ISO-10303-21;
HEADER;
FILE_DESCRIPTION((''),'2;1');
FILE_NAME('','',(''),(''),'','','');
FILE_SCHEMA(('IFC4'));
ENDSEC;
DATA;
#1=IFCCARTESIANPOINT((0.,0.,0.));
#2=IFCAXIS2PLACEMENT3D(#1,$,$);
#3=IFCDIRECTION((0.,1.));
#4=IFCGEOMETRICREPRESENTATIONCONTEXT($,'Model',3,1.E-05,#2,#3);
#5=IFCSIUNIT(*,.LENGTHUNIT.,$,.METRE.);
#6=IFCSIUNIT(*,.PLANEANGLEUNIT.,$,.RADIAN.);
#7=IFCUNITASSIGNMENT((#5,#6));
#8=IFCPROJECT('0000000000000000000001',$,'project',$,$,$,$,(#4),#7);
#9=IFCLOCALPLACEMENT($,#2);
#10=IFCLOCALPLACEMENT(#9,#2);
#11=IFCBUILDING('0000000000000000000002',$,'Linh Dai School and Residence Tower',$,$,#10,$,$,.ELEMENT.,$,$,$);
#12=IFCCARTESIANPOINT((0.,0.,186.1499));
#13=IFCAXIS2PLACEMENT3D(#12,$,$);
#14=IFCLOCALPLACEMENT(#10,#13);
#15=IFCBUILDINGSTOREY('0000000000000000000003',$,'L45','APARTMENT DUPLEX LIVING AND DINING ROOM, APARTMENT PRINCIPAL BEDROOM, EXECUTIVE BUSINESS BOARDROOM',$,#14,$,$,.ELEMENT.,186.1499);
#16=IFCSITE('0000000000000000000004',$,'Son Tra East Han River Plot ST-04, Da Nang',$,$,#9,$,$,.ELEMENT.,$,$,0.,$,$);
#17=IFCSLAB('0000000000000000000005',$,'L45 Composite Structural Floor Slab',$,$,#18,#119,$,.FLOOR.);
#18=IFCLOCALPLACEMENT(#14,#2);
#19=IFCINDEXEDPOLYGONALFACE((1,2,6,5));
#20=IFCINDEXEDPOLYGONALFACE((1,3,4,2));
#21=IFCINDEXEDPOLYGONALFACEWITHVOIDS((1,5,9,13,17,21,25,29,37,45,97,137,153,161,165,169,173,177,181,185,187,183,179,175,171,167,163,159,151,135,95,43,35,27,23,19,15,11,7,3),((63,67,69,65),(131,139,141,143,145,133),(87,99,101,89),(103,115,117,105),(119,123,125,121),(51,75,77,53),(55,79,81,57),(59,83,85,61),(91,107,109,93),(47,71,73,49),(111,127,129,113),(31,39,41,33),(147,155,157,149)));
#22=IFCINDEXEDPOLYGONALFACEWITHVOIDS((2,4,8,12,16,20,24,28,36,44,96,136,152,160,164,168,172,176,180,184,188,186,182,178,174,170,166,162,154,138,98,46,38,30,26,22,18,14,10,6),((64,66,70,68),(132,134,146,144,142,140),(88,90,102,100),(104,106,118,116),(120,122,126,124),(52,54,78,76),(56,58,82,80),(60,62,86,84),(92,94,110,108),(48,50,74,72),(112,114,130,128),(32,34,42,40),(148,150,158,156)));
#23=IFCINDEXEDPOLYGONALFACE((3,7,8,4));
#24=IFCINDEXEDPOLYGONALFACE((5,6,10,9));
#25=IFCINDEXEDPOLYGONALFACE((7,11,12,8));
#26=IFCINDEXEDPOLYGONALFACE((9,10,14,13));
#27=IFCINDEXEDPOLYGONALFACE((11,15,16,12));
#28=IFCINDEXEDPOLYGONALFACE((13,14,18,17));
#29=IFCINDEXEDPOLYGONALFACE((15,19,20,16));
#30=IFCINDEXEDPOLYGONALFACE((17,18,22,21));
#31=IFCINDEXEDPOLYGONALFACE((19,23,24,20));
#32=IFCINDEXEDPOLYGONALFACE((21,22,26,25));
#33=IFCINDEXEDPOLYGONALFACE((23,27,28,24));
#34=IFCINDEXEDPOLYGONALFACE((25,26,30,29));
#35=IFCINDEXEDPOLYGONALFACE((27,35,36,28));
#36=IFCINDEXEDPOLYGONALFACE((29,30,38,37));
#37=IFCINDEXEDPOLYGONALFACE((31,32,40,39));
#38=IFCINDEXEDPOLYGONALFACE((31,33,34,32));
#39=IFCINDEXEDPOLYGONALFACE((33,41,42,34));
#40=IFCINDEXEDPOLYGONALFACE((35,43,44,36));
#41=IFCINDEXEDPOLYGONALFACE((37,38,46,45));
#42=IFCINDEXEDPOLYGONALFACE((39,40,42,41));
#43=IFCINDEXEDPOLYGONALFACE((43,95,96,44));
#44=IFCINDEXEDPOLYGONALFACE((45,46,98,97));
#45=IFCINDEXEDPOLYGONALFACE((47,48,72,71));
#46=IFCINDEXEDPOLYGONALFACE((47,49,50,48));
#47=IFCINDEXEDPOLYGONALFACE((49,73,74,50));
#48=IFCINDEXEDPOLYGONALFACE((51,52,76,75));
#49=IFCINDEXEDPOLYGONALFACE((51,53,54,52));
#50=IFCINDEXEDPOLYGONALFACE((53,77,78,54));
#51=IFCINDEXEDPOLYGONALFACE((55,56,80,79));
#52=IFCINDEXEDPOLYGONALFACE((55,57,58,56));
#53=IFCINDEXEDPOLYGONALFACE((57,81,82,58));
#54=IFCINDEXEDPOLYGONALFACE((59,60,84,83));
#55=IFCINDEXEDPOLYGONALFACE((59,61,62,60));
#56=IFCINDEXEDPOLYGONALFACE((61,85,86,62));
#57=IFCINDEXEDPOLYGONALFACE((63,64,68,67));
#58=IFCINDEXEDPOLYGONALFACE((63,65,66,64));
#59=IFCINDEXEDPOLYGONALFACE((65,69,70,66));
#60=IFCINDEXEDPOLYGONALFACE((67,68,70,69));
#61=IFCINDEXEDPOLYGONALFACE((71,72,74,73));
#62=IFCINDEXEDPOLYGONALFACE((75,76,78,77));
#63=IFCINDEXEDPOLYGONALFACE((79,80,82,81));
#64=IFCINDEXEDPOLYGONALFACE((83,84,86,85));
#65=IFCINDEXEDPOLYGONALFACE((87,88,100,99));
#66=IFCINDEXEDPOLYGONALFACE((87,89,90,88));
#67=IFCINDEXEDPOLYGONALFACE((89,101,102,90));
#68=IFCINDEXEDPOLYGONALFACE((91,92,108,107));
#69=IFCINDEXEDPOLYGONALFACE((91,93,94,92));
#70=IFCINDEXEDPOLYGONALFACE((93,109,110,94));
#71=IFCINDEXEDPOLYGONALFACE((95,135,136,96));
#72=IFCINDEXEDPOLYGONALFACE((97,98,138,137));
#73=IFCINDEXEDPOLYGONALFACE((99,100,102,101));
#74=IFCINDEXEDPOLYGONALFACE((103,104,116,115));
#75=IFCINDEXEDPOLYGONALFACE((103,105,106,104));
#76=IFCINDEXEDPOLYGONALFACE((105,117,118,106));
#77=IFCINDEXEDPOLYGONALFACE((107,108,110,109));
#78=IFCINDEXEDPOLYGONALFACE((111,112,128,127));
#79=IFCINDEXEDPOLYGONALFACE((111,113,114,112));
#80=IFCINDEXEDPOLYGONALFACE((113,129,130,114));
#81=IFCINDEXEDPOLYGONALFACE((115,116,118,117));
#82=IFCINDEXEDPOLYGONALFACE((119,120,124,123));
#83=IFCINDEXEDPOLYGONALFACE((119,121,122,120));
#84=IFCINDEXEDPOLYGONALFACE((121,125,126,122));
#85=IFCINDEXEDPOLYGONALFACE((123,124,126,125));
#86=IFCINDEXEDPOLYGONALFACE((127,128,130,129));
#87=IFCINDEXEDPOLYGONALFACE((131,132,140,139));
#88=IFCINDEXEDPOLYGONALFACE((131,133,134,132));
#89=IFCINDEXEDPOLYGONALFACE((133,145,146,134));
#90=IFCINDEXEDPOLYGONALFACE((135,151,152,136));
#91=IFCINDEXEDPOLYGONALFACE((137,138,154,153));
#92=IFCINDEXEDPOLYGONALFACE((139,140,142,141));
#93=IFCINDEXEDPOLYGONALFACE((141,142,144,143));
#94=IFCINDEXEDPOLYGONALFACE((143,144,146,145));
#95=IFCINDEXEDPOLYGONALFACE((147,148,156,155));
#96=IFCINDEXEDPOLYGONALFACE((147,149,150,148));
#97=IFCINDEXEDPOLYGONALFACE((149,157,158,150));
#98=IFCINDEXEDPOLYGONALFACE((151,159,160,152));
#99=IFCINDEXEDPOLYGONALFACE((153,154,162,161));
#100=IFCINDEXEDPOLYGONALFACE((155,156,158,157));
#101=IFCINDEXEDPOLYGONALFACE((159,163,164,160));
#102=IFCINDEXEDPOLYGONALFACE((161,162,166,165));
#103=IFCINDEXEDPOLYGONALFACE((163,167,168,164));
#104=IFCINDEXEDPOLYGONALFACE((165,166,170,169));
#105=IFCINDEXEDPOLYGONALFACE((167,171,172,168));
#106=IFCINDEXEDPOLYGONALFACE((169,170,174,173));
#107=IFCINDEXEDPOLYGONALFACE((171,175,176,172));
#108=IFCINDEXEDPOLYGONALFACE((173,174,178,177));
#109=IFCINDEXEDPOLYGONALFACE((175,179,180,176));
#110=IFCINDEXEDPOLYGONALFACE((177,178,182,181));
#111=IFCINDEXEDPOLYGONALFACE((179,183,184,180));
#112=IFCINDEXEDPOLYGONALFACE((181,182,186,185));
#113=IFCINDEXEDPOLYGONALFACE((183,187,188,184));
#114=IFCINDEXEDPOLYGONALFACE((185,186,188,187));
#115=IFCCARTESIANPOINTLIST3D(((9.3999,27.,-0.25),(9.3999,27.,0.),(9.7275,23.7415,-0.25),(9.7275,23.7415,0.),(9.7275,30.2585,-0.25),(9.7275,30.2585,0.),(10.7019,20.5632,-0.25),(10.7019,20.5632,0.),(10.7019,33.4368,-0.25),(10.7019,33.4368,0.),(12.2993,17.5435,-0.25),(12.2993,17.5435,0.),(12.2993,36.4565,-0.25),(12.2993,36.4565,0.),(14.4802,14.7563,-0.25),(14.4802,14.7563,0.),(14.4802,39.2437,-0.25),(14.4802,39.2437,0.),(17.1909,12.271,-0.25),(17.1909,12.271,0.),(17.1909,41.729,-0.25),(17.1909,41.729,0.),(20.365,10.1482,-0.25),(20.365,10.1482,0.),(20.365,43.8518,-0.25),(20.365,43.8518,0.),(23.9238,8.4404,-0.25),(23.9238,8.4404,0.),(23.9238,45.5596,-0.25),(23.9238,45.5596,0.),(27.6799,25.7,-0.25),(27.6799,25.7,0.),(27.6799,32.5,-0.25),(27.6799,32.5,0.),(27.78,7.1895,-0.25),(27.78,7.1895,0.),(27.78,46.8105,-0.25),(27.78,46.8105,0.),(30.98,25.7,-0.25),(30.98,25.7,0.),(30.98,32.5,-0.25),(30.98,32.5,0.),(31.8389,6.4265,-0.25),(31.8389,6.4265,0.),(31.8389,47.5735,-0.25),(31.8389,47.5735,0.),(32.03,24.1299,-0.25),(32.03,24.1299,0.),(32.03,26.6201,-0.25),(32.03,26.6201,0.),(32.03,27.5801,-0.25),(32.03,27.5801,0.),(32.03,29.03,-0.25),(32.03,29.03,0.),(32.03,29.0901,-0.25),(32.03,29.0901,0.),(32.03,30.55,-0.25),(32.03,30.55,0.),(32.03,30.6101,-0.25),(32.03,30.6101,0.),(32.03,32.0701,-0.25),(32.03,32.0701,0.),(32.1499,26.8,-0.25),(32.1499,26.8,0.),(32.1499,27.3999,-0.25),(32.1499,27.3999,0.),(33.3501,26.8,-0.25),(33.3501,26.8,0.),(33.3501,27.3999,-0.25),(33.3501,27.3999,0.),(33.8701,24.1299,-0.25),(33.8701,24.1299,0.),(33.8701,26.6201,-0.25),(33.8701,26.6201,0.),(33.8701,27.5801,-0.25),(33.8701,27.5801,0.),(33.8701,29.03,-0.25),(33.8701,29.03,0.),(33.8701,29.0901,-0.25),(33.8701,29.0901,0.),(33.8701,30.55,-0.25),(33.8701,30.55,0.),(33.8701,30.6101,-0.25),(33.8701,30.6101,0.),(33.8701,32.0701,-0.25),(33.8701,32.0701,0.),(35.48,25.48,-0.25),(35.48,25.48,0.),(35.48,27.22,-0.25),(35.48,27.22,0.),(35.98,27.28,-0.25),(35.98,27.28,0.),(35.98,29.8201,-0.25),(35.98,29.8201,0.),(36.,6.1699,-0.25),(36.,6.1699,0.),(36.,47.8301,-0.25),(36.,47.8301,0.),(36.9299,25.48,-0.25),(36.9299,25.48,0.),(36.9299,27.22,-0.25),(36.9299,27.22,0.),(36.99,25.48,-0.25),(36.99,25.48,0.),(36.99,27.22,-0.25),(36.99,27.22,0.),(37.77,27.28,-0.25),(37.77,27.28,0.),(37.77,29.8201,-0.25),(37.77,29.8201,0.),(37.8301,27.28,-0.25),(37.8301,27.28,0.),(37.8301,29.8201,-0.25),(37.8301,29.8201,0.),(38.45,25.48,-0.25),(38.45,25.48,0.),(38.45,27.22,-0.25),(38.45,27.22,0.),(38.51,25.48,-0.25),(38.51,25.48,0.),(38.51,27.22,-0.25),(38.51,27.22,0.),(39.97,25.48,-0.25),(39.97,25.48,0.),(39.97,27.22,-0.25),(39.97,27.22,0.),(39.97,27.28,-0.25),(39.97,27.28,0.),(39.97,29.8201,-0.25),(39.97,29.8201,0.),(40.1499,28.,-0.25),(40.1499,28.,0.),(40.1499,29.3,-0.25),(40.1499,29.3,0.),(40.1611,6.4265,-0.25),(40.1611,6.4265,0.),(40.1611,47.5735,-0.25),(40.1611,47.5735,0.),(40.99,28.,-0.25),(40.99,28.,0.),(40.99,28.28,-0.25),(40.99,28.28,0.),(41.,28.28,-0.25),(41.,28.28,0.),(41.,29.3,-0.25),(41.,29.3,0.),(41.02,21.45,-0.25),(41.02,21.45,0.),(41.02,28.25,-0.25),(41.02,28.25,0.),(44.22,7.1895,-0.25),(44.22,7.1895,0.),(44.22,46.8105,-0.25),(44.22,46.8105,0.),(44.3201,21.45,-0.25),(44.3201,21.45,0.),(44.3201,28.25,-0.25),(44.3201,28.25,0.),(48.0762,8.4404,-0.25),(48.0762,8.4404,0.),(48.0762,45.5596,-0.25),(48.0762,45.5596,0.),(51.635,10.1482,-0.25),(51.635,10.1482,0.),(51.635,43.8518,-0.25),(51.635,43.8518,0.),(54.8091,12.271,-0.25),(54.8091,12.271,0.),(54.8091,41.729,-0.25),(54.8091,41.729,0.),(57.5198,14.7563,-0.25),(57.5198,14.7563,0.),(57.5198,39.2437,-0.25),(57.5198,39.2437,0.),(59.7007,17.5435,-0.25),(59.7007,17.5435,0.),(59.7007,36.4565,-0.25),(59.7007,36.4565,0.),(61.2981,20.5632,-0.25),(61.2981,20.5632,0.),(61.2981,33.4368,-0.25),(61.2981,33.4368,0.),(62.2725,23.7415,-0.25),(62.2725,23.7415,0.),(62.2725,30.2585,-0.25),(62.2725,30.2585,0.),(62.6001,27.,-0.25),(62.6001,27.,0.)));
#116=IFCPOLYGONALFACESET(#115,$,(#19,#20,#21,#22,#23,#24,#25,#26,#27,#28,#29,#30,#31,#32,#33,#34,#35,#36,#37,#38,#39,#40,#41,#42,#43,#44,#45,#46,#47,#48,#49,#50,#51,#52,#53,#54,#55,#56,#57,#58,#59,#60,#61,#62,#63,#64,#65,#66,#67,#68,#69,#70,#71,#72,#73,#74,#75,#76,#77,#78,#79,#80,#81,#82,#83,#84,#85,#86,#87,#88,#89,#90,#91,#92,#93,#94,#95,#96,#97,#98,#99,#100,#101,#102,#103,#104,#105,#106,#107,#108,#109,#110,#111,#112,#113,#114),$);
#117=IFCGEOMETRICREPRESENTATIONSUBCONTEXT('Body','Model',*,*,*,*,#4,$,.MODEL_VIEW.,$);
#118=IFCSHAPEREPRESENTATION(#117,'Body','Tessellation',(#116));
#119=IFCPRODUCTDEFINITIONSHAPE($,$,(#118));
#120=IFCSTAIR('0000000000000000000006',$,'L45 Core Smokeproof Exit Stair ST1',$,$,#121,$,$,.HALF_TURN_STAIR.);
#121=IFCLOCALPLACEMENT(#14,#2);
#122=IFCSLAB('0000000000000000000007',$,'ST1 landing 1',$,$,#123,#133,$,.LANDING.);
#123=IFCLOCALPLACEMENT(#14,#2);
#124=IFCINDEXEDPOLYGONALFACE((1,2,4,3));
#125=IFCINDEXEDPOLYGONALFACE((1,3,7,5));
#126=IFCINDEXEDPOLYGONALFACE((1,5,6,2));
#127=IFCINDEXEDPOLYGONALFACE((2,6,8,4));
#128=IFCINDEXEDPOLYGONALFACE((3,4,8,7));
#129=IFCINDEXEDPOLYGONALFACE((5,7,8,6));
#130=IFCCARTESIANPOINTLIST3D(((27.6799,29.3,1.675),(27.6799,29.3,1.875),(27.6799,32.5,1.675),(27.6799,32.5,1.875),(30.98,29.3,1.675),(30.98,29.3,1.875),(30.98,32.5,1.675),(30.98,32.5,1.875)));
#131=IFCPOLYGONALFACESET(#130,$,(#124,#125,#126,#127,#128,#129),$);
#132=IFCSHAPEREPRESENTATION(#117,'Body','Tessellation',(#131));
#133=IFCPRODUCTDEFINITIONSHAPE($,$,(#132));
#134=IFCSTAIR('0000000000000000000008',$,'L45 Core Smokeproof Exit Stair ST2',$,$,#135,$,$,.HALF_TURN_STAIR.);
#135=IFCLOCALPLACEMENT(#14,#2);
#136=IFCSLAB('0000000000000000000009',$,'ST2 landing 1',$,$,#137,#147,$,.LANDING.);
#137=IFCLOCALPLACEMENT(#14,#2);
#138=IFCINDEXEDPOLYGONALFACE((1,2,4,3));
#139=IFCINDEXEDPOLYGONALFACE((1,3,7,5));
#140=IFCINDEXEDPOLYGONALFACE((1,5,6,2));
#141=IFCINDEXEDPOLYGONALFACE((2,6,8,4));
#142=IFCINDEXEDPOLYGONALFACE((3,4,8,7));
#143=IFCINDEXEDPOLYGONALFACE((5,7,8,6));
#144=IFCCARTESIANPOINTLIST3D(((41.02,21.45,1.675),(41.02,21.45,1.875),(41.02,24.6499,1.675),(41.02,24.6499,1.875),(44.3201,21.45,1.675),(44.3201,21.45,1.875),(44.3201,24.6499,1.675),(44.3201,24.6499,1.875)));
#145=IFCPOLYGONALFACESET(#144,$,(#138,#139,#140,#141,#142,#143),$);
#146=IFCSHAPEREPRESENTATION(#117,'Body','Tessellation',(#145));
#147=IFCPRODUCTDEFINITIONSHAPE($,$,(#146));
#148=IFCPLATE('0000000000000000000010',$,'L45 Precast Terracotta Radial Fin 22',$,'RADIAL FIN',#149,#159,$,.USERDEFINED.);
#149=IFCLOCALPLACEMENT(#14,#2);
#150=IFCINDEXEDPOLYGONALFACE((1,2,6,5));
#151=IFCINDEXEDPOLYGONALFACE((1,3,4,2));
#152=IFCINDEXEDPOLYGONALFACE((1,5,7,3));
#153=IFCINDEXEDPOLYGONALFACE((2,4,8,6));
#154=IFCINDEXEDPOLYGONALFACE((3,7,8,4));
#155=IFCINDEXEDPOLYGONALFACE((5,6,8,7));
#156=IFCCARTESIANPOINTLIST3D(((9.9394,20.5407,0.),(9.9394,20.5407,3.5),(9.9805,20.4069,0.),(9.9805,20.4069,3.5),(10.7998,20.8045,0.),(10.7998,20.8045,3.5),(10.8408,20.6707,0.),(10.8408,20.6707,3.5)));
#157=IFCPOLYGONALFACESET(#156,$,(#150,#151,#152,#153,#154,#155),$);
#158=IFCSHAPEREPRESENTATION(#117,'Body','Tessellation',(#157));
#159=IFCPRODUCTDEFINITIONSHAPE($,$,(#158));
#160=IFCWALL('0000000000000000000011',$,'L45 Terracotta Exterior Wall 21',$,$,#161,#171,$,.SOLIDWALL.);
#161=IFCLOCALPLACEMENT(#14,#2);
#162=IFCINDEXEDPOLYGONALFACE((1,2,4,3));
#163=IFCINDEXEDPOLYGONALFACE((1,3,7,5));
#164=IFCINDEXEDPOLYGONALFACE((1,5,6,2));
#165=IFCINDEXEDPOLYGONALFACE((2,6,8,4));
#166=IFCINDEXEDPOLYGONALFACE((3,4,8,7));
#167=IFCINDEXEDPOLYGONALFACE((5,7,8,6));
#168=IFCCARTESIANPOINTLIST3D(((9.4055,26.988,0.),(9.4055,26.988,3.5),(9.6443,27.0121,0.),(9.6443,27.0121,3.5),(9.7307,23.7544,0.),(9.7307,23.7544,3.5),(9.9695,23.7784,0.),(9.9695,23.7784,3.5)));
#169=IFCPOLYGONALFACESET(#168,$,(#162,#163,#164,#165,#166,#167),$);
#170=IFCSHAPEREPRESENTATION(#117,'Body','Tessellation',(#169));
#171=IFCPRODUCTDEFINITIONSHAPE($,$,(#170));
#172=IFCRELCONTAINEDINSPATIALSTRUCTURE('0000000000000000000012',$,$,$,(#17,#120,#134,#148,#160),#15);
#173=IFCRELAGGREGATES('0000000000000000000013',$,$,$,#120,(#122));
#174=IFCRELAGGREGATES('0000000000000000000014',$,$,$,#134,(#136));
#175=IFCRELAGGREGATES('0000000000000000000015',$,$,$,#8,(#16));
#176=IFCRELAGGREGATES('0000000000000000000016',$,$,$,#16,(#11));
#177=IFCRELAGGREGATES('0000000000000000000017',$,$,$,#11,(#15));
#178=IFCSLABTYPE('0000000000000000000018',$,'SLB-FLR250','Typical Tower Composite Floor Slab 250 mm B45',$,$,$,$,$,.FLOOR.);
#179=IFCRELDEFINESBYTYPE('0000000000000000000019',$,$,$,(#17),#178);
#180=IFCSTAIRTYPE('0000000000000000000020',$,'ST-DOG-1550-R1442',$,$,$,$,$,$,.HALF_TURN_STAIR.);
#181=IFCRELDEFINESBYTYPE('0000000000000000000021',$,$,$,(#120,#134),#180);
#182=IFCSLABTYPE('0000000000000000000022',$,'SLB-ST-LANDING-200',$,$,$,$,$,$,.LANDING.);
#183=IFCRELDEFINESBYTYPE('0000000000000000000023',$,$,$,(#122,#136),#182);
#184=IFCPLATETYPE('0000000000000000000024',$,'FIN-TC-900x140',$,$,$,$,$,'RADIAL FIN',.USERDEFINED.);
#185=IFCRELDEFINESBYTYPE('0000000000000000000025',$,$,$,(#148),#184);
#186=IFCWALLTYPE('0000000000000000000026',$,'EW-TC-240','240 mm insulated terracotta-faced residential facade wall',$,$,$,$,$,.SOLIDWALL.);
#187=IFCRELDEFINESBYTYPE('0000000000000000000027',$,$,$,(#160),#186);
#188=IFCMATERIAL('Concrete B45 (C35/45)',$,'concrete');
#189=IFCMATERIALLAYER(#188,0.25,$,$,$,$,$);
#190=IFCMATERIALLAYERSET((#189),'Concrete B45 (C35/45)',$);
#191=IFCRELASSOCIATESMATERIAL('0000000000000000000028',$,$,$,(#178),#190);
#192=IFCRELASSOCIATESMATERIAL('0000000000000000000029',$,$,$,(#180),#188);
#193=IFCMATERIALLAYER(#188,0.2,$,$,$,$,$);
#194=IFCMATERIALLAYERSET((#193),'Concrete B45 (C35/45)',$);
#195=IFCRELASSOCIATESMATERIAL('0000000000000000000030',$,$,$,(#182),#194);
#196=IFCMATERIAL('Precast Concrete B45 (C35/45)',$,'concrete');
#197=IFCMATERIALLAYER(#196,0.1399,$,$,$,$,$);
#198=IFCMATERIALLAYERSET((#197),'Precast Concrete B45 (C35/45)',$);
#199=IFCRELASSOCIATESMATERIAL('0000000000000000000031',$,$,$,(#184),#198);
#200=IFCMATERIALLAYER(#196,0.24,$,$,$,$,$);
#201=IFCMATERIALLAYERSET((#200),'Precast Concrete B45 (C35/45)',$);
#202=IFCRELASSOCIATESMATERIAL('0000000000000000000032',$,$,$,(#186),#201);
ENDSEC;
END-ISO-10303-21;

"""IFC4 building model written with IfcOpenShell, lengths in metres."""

from ifc_helpers import new_model, si_unit, direction, frame, frame_2d, origin, origin_2d, place, context, subcontext, project, spatial, polyline, rectangle, outline, extrude, source, transform, mapped, material, layer, layer_set, type_object, element, aggregate, save


model = new_model("IFC4")

# Units and contexts
model_context = context("Model", 3, precision=1e-05, world=origin(), true_north=direction((0.0, 1.0)))
body_context = subcontext(model_context, "Body", "Model", "MODEL_VIEW")
ifc_project = project(units=[si_unit("LENGTHUNIT", "METRE"), si_unit("PLANEANGLEUNIT", "RADIAN")], contexts=[model_context])

# Site, building, storey
site_placement = place(None, origin())
site = spatial("IfcSite", under=ifc_project, at=site_placement, Name="Son Tra East Han River Plot ST-04, Da Nang", CompositionType="ELEMENT", RefElevation=0.0)
building_placement = place(site_placement, origin())
building = spatial("IfcBuilding", under=site, at=building_placement, Name="Linh Dai School and Residence Tower", CompositionType="ELEMENT")
storey_placement = place(building_placement, frame((0.0, 0.0, 186.1499)))
storey = spatial("IfcBuildingStorey", under=building, at=storey_placement, Name="L45", Description="APARTMENT DUPLEX LIVING AND DINING ROOM, APARTMENT PRINCIPAL BEDROOM, EXECUTIVE BUSINESS BOARDROOM", CompositionType="ELEMENT", Elevation=186.1499)

# Slab
ifc_material_1 = material(Name="Concrete B45 (C35/45)", Category="concrete")
ifc_layer_1 = layer(ifc_material_1, 0.25)
ifc_layer_set_1 = layer_set([ifc_layer_1], Name="Concrete B45 (C35/45)")
slab_type_1 = type_object("IfcSlabType", Name="SLB-FLR250", Description="Typical Tower Composite Floor Slab 250 mm B45", PredefinedType="FLOOR", material=ifc_layer_set_1)
slab_1_placement = place(storey_placement, frame((0.0, 0.0, -0.25)))
element("IfcSlab", 1, at=slab_1_placement, inside=storey, type_object=slab_type_1, Name="L45 Composite Structural Floor Slab", PredefinedType="FLOOR", context=body_context, shape_type="SweptSolid", body=[
    extrude(outline(polyline([(62.6001, 27.0), (62.2725, 30.2585), (61.2981, 33.4368), (59.7007, 36.4565), (57.5198, 39.2437), (54.8091, 41.729), (51.635, 43.8518), (48.0762, 45.5596), (44.22, 46.8105), (40.1611, 47.5735), (36.0, 47.8301), (31.8389, 47.5735), (27.78, 46.8105), (23.9238, 45.5596), (20.365, 43.8518), (17.1909, 41.729), (14.4802, 39.2437), (12.2993, 36.4565), (10.7019, 33.4368), (9.7275, 30.2585), (9.3999, 27.0), (9.7275, 23.7415), (10.7019, 20.5632), (12.2993, 17.5435), (14.4802, 14.7563), (17.1909, 12.271), (20.365, 10.1482), (23.9238, 8.4404), (27.78, 7.1895), (31.8389, 6.4265), (36.0, 6.1699), (40.1611, 6.4265), (44.22, 7.1895), (48.0762, 8.4404), (51.635, 10.1482), (54.8091, 12.271), (57.5198, 14.7563), (59.7007, 17.5435), (61.2981, 20.5632), (62.2725, 23.7415), (62.6001, 27.0)]), holes=[polyline([(30.98, 25.7), (30.98, 32.5), (27.6799, 32.5), (27.6799, 25.7), (30.98, 25.7)]), polyline([(41.02, 28.25), (41.02, 21.45), (44.3201, 21.45), (44.3201, 28.25), (41.02, 28.25)]), polyline([(35.98, 27.28), (37.77, 27.28), (37.77, 29.8201), (35.98, 29.8201), (35.98, 27.28)]), polyline([(32.03, 24.1299), (33.8701, 24.1299), (33.8701, 26.6201), (32.03, 26.6201), (32.03, 24.1299)]), polyline([(37.8301, 27.28), (39.97, 27.28), (39.97, 29.8201), (37.8301, 29.8201), (37.8301, 27.28)]), polyline([(32.03, 27.5801), (33.8701, 27.5801), (33.8701, 29.03), (32.03, 29.03), (32.03, 27.5801)]), polyline([(32.03, 29.0901), (33.8701, 29.0901), (33.8701, 30.55), (32.03, 30.55), (32.03, 29.0901)]), polyline([(32.03, 30.6101), (33.8701, 30.6101), (33.8701, 32.0701), (32.03, 32.0701), (32.03, 30.6101)]), polyline([(35.48, 25.48), (36.9299, 25.48), (36.9299, 27.22), (35.48, 27.22), (35.48, 25.48)]), polyline([(36.99, 25.48), (38.45, 25.48), (38.45, 27.22), (36.99, 27.22), (36.99, 25.48)]), polyline([(38.51, 25.48), (39.97, 25.48), (39.97, 27.22), (38.51, 27.22), (38.51, 25.48)]), polyline([(40.1499, 28.0), (40.1499, 29.3), (41.0, 29.3), (41.0, 28.28), (40.99, 28.28), (40.99, 28.0), (40.1499, 28.0)]), polyline([(32.1499, 26.8), (33.3501, 26.8), (33.3501, 27.3999), (32.1499, 27.3999), (32.1499, 26.8)])]), origin(), (0.0, 0.0, 1.0), 0.25),
])

# Stairs, slabs
stair_type = type_object("IfcStairType", Name="ST-DOG-1550-R1442", PredefinedType="HALF_TURN_STAIR", material=ifc_material_1)
stair_1_placement = place(storey_placement, origin())
stair_1 = element("IfcStair", 2, at=stair_1_placement, inside=storey, type_object=stair_type, Name="L45 Core Smokeproof Exit Stair ST1", PredefinedType="HALF_TURN_STAIR")
ifc_layer_2 = layer(ifc_material_1, 0.2)
ifc_layer_set_2 = layer_set([ifc_layer_2], Name="Concrete B45 (C35/45)")
slab_type_2 = type_object("IfcSlabType", Name="SLB-ST-LANDING-200", PredefinedType="LANDING", material=ifc_layer_set_2)
slab_2_placement = place(storey_placement, frame((0.0, 0.0, 1.675)))
slab_2 = element("IfcSlab", 3, at=slab_2_placement, type_object=slab_type_2, Name="ST1 landing 1", PredefinedType="LANDING", context=body_context, shape_type="SweptSolid", body=[
    extrude(outline(polyline([(30.98, 29.3), (30.98, 32.5), (27.6799, 32.5), (27.6799, 29.3), (30.98, 29.3)])), origin(), (0.0, 0.0, 1.0), 0.2),
])
aggregate(stair_1, [slab_2])
stair_2_placement = place(storey_placement, origin())
stair_2 = element("IfcStair", 4, at=stair_2_placement, inside=storey, type_object=stair_type, Name="L45 Core Smokeproof Exit Stair ST2", PredefinedType="HALF_TURN_STAIR")
slab_3_placement = place(storey_placement, frame((0.0, 0.0, 1.675)))
slab_3 = element("IfcSlab", 5, at=slab_3_placement, type_object=slab_type_2, Name="ST2 landing 1", PredefinedType="LANDING", context=body_context, shape_type="SweptSolid", body=[
    extrude(outline(polyline([(41.02, 24.6499), (41.02, 21.45), (44.3201, 21.45), (44.3201, 24.6499), (41.02, 24.6499)])), origin(), (0.0, 0.0, 1.0), 0.2),
])
aggregate(stair_2, [slab_3])

# Plate
ifc_material_2 = material(Name="Precast Concrete B45 (C35/45)", Category="concrete")
ifc_layer_3 = layer(ifc_material_2, 0.1399)
ifc_layer_set_3 = layer_set([ifc_layer_3], Name="Precast Concrete B45 (C35/45)")
plate_type = type_object("IfcPlateType", Name="FIN-TC-900x140", ElementType="RADIAL FIN", PredefinedType="USERDEFINED", material=ifc_layer_set_3)
shared_shape_1 = source(origin(), body_context, "Body", "SweptSolid", [
    extrude(rectangle(XDim=0.8999, YDim=0.1399, at=origin_2d()), origin(), (0.0, 0.0, 1.0), 3.5),
])
plate_placement = place(storey_placement, frame((10.3901, 20.6057, 0.0), z_axis=(0.0, 0.0, 1.0), x_axis=(-0.956075, -0.293122, 0.0)))
element("IfcPlate", 6, at=plate_placement, inside=storey, type_object=plate_type, Name="L45 Precast Terracotta Radial Fin 22", ObjectType="RADIAL FIN", PredefinedType="USERDEFINED", context=body_context, shape_type="MappedRepresentation", body=[
    mapped(shared_shape_1, transform((0.0, 0.0, 0.0), x_axis=(1.0, 0.0, 0.0), y_axis=(0.0, 1.0, 0.0), z_axis=(0.0, 0.0, 1.0), scale=1.0)),
])

# Wall
ifc_layer_4 = layer(ifc_material_2, 0.24)
ifc_layer_set_4 = layer_set([ifc_layer_4], Name="Precast Concrete B45 (C35/45)")
wall_type_1 = type_object("IfcWallType", Name="EW-TC-240", Description="240 mm insulated terracotta-faced residential facade wall", PredefinedType="SOLIDWALL", material=ifc_layer_set_4)
wall_1_placement = place(storey_placement, frame((9.8501, 23.7664, 0.0), z_axis=(0.0, 0.0, 1.0), x_axis=(-0.100062, 0.994981, 0.0)))
element("IfcWall", 7, at=wall_1_placement, inside=storey, type_object=wall_type_1, Name="L45 Terracotta Exterior Wall 21", PredefinedType="SOLIDWALL", context=body_context, shape_type="SweptSolid", body=[
    extrude(rectangle(XDim=3.25, YDim=0.24, at=frame_2d((1.625, 0.0))), origin(), (0.0, 0.0, 1.0), 3.5),
])

save(model, "model.ifc")
